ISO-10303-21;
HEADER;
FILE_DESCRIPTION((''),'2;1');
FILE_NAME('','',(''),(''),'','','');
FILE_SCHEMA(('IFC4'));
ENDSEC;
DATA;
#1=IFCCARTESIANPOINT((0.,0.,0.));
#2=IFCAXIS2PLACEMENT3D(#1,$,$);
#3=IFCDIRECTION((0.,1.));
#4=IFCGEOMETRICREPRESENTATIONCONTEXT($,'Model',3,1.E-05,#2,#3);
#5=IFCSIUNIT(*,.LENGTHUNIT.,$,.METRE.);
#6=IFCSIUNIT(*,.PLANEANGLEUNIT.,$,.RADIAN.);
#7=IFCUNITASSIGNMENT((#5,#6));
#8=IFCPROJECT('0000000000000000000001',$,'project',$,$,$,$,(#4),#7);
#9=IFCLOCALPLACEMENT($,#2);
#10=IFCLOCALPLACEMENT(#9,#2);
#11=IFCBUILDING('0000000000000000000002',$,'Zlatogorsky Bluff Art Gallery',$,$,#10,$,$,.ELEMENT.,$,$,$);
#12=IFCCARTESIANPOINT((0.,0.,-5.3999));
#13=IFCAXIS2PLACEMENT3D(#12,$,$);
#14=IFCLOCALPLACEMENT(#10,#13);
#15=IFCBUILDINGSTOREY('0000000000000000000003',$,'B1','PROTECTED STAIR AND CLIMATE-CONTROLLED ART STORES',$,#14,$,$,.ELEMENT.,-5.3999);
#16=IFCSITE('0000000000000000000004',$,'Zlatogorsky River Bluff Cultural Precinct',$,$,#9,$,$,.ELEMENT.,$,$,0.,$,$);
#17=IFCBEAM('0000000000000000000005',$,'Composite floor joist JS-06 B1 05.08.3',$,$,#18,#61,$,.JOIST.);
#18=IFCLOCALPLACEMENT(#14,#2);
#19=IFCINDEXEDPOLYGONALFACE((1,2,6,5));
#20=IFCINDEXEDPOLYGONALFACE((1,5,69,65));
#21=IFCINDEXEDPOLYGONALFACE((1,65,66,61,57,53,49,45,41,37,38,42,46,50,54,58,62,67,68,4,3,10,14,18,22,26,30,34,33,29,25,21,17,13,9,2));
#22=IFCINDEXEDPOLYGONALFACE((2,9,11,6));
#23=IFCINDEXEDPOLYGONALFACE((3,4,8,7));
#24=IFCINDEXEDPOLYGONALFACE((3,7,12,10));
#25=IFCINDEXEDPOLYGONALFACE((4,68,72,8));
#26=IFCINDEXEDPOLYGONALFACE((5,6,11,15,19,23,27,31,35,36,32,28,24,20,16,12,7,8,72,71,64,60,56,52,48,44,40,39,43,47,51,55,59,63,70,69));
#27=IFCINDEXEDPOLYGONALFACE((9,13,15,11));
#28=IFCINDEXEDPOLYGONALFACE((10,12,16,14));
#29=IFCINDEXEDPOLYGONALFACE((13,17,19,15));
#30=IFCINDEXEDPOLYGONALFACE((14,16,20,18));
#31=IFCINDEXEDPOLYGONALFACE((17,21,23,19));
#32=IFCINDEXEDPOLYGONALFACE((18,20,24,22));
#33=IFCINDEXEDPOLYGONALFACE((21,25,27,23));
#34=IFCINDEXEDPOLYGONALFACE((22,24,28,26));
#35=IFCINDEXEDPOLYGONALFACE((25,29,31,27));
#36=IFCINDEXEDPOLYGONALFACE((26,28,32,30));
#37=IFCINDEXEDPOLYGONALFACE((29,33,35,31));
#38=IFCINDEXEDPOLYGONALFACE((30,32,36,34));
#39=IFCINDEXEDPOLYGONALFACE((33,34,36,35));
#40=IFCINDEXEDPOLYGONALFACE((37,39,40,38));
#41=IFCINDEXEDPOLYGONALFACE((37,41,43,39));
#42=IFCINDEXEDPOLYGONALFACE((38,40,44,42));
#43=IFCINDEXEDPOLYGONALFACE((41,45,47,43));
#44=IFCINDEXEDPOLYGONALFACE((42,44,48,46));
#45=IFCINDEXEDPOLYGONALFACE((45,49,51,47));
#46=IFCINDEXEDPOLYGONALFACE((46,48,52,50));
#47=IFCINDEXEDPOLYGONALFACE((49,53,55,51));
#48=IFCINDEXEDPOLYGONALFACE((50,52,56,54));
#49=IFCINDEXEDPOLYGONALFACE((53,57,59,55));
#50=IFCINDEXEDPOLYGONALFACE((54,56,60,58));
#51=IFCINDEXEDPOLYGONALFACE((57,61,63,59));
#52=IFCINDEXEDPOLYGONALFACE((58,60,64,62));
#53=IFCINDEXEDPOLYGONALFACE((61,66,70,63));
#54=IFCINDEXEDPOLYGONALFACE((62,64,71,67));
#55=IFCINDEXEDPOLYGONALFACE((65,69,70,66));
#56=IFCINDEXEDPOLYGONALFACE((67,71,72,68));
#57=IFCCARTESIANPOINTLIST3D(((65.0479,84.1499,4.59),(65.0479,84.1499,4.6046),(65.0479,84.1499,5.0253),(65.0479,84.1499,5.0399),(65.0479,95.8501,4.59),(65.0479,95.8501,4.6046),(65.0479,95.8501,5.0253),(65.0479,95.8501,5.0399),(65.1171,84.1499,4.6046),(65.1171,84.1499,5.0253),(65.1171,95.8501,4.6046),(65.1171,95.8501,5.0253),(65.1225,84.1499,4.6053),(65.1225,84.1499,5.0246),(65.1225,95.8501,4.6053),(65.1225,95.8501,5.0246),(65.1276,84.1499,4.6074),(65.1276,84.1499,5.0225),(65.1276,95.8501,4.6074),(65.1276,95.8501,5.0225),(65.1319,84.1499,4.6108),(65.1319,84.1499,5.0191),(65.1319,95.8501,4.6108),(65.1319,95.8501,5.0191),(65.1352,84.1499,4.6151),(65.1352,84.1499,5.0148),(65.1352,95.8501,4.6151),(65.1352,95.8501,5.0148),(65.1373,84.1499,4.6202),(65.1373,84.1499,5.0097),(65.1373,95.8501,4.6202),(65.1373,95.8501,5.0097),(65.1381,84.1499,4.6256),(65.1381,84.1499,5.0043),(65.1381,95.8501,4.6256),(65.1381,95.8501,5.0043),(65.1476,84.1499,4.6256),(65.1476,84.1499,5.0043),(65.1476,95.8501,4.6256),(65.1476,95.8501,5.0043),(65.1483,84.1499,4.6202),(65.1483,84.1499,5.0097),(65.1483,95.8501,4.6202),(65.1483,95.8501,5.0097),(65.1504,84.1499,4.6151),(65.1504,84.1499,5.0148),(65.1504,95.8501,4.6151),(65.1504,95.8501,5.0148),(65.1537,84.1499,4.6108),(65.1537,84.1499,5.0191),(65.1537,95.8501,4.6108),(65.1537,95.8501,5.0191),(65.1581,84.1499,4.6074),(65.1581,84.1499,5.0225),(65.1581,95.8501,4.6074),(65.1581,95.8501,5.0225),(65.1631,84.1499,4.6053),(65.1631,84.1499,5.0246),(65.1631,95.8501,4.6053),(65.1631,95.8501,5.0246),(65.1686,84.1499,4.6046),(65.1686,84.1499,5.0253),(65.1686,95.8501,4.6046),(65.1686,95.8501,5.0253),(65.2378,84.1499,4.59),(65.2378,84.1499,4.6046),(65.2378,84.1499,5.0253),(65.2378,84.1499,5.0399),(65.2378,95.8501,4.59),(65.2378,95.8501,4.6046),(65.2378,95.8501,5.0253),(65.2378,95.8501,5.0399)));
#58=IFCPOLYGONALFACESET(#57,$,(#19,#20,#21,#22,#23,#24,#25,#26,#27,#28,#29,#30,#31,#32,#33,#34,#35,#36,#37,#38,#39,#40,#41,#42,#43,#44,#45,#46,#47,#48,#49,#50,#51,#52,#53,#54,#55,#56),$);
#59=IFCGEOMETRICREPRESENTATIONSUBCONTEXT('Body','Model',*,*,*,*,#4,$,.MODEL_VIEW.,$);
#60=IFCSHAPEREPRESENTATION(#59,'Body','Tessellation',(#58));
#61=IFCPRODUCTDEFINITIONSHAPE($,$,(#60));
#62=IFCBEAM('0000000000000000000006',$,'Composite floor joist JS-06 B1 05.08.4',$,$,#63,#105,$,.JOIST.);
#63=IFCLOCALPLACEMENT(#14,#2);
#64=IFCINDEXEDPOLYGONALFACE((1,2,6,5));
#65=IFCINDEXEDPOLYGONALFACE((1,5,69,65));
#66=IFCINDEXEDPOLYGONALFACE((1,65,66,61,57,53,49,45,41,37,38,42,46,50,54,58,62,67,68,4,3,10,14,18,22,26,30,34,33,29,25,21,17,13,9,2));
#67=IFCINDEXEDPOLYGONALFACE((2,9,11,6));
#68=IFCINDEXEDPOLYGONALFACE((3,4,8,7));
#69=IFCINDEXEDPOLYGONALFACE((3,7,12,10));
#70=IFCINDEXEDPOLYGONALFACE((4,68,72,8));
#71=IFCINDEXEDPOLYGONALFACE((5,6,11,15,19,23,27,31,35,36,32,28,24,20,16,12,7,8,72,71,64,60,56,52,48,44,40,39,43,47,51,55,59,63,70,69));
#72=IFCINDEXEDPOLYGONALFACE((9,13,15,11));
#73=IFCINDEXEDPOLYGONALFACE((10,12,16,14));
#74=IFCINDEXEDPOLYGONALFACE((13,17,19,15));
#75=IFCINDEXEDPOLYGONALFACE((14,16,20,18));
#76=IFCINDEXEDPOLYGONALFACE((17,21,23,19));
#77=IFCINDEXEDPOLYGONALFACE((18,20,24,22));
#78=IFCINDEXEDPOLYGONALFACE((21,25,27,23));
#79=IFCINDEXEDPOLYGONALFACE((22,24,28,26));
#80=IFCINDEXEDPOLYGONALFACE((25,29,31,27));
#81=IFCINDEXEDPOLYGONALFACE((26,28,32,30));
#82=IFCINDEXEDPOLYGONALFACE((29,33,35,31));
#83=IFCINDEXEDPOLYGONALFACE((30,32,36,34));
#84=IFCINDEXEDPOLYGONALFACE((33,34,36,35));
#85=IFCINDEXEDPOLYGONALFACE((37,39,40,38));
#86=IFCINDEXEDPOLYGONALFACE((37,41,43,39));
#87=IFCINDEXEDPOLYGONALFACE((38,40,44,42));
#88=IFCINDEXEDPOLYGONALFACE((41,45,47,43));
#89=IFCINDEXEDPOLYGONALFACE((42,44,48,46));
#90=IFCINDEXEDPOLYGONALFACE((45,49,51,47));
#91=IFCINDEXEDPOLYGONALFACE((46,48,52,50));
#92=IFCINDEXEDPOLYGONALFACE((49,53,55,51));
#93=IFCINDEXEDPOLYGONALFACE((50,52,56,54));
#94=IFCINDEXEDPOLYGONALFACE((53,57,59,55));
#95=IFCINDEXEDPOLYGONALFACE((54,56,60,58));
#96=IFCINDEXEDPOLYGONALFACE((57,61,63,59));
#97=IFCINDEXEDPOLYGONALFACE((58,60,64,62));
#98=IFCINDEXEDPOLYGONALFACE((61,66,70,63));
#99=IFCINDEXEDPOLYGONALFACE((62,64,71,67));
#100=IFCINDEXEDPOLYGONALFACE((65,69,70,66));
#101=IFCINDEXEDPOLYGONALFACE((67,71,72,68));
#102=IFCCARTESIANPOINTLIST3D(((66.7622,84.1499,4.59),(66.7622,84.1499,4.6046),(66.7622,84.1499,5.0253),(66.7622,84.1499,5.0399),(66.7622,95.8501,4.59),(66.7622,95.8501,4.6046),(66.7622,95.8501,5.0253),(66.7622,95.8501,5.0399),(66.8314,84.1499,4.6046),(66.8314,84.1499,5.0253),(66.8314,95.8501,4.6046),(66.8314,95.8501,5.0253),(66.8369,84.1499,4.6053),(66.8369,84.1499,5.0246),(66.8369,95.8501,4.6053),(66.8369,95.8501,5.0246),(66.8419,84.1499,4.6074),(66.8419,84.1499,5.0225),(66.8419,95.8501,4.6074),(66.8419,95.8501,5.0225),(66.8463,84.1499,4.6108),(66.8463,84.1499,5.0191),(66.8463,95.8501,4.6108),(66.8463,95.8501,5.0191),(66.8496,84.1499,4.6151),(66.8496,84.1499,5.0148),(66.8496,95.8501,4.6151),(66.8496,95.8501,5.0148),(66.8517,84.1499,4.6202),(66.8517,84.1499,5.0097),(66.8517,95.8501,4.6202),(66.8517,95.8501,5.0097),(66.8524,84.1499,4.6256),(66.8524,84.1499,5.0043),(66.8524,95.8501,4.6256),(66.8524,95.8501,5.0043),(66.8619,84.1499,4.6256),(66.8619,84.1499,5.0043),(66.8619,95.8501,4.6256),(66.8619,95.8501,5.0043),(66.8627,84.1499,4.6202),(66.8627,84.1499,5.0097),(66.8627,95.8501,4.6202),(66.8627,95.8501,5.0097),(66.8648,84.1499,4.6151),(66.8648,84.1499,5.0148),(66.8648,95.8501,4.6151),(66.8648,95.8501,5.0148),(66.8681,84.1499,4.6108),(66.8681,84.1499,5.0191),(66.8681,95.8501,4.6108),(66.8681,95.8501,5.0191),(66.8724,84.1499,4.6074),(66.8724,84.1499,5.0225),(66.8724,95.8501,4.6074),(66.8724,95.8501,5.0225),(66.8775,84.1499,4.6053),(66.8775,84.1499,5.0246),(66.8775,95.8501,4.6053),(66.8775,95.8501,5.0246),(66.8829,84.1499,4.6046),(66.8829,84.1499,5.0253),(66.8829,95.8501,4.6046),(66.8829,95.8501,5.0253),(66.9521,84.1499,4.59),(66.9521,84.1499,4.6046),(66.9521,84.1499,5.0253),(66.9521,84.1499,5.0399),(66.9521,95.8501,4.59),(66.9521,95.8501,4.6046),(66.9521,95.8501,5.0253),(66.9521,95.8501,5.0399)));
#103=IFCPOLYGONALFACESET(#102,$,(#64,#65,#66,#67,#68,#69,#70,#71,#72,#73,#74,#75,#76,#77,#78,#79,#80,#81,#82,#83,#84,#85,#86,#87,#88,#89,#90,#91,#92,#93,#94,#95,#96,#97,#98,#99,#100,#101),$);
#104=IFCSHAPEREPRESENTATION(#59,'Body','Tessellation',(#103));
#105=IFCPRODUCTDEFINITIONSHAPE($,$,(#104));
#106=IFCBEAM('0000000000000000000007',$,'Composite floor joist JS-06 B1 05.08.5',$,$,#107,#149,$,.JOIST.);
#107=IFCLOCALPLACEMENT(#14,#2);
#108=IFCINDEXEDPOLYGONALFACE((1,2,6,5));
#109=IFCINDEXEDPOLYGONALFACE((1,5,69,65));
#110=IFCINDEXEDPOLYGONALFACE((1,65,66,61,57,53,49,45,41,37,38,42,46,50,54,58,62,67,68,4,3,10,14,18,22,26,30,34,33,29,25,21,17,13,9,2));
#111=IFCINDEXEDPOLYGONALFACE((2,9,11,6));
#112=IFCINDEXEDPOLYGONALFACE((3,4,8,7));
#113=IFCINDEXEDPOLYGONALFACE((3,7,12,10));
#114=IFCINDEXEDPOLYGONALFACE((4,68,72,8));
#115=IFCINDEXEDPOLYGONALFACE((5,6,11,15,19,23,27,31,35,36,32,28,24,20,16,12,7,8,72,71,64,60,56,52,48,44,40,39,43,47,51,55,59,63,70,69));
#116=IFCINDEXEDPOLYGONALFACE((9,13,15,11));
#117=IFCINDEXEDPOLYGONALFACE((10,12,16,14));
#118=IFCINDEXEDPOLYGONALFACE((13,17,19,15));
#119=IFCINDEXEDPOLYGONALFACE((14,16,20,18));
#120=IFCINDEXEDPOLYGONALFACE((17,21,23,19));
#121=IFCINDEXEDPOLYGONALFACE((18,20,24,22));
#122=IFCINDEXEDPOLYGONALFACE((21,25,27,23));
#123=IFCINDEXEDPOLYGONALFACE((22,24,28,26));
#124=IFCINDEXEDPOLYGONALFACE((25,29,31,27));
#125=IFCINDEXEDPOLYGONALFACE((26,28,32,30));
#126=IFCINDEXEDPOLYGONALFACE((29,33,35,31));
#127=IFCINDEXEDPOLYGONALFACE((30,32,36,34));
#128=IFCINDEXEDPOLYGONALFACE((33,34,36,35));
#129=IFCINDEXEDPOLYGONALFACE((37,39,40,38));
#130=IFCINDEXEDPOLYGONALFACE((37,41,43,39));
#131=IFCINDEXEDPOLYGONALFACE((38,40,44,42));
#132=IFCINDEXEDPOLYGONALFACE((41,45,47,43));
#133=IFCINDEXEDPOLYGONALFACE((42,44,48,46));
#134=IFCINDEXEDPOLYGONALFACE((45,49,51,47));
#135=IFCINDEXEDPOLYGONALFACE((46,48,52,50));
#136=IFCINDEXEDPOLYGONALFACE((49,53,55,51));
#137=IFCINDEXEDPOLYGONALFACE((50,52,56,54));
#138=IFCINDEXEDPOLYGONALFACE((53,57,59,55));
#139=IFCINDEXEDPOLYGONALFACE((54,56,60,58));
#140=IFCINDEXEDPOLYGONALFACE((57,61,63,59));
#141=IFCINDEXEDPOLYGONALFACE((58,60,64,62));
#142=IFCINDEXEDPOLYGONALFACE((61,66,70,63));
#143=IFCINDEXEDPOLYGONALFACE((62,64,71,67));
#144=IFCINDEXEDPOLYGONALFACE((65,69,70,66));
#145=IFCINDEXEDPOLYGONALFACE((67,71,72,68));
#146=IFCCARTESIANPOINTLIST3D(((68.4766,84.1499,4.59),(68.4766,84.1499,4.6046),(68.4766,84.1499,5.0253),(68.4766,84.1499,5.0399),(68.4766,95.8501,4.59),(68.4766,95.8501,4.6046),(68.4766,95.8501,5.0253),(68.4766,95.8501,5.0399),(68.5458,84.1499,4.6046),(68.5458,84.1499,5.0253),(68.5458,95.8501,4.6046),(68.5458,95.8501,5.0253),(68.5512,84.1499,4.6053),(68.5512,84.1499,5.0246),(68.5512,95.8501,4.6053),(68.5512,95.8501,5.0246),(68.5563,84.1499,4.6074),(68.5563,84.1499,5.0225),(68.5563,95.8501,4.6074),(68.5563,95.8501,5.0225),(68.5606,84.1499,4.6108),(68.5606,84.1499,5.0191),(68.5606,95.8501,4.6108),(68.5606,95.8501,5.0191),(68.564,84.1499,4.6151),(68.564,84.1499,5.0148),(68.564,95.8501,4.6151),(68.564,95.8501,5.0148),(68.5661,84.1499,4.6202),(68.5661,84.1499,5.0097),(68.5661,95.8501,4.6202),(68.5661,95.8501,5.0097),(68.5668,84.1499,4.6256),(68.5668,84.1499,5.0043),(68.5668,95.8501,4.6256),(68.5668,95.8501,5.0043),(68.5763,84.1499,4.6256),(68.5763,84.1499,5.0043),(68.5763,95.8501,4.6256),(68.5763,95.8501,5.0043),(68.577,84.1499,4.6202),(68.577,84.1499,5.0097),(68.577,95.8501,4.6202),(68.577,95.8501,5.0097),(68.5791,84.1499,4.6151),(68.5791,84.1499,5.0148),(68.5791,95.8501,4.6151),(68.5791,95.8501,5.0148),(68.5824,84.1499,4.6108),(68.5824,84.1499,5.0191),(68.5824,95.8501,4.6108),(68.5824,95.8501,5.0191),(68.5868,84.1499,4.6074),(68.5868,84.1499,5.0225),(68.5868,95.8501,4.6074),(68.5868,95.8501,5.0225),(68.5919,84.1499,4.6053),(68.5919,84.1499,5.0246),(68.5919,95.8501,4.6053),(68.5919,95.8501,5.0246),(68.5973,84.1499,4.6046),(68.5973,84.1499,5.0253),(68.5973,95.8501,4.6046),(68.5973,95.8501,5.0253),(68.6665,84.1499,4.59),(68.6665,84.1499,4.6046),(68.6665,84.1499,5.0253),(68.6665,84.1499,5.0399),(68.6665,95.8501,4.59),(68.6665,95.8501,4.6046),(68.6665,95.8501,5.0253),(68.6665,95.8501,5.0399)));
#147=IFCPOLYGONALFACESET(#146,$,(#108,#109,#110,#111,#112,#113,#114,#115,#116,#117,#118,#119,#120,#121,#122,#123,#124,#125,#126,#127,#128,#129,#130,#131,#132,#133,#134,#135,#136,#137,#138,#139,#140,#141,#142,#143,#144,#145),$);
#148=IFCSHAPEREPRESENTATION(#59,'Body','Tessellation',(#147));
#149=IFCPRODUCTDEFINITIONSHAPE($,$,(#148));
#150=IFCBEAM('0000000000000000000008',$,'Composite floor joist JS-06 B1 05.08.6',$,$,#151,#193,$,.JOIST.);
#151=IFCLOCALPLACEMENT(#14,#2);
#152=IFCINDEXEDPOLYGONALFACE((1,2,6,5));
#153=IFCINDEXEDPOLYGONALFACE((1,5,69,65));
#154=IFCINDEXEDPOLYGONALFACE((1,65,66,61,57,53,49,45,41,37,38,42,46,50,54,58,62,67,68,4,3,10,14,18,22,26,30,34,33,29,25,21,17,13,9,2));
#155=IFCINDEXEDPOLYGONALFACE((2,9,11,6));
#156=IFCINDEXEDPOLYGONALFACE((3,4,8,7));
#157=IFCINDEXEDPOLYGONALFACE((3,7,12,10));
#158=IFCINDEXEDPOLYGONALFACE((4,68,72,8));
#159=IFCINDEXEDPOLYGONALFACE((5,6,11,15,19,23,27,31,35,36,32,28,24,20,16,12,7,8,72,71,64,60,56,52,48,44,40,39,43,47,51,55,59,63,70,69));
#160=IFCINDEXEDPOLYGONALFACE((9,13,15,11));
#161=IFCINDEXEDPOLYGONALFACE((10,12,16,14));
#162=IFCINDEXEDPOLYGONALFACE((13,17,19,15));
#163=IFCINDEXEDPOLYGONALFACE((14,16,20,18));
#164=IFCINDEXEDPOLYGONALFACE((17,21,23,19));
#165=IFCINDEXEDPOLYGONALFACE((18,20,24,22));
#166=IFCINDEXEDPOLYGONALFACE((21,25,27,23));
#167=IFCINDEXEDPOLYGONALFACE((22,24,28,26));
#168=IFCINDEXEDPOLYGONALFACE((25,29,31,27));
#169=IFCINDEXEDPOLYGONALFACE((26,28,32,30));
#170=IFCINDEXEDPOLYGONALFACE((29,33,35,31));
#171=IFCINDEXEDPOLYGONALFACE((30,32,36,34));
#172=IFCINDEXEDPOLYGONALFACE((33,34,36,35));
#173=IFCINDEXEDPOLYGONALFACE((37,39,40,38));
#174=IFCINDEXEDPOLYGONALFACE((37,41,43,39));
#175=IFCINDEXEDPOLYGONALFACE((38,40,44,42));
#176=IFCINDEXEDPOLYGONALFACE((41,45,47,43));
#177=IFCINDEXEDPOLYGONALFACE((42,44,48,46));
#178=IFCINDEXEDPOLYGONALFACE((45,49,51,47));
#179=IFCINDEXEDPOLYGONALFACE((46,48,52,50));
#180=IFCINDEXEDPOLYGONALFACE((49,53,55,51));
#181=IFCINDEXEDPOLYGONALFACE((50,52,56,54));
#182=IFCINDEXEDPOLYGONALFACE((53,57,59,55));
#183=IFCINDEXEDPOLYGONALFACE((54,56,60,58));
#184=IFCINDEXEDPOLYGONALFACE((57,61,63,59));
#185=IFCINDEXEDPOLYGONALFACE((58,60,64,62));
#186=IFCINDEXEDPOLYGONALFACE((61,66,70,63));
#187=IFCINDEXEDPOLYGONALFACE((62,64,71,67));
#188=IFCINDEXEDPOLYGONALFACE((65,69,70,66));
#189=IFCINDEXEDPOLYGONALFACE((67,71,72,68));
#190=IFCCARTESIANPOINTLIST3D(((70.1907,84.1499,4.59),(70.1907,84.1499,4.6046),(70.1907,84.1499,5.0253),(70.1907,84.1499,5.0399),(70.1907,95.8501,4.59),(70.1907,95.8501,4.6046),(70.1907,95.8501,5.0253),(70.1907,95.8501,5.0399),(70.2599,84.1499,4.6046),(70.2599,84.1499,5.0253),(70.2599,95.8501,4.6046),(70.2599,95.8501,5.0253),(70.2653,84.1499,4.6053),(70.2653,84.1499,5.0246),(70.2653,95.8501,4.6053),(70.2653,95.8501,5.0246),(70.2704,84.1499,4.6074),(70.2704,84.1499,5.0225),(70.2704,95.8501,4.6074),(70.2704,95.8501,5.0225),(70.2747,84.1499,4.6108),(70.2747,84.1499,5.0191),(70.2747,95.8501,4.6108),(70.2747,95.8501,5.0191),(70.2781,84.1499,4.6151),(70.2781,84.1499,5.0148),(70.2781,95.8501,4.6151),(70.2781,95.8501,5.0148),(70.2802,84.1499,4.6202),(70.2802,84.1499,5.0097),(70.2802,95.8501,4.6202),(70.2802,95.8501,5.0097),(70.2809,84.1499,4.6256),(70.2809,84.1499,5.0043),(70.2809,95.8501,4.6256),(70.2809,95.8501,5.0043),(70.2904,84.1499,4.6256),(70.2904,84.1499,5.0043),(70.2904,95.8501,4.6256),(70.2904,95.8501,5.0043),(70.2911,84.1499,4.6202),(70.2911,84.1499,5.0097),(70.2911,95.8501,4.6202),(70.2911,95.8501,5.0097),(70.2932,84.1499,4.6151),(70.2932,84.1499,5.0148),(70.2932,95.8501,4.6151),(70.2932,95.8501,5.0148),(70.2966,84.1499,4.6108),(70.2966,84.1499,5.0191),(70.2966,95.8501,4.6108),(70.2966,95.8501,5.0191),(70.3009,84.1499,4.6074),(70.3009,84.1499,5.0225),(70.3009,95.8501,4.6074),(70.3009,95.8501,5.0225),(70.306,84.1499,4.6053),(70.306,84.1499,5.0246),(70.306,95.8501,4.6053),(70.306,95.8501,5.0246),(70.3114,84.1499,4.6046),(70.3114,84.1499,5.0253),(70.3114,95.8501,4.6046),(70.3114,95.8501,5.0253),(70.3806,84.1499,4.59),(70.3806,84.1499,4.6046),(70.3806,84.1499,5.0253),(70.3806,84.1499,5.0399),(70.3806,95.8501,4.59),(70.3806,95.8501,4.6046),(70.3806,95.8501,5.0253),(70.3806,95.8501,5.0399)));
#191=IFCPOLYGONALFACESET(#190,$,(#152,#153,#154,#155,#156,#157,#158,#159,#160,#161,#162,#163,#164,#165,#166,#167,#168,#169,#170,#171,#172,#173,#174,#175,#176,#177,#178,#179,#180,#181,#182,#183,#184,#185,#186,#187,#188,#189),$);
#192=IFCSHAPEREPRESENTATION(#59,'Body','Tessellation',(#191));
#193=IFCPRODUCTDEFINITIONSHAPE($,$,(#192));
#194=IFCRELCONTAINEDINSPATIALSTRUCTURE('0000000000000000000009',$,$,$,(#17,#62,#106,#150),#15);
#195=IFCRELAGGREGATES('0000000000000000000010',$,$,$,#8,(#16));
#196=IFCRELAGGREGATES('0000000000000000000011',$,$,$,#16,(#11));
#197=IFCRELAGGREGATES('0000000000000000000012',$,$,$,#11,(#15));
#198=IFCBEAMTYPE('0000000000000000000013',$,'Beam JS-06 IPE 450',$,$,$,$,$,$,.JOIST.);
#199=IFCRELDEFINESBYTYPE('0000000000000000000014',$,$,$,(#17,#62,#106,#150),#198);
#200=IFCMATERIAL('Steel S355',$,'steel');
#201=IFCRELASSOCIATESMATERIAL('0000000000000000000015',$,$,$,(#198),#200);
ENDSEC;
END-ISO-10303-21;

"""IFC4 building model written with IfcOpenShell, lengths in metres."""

from ifc_helpers import new_model, si_unit, direction, frame, origin, origin_2d, place, context, subcontext, project, spatial, i_section, extrude, material, material_profile, profile_set, type_object, element, save


model = new_model("IFC4")

# Units and contexts
model_context = context("Model", 3, precision=1e-05, world=origin(), true_north=direction((0.0, 1.0)))
body_context = subcontext(model_context, "Body", "Model", "MODEL_VIEW")
ifc_project = project(units=[si_unit("LENGTHUNIT", "METRE"), si_unit("PLANEANGLEUNIT", "RADIAN")], contexts=[model_context])

# Site, building, storey
site_placement = place(None, origin())
site = spatial("IfcSite", under=ifc_project, at=site_placement, Name="Zlatogorsky River Bluff Cultural Precinct", CompositionType="ELEMENT", RefElevation=0.0)
building_placement = place(site_placement, origin())
building = spatial("IfcBuilding", under=site, at=building_placement, Name="Zlatogorsky Bluff Art Gallery", CompositionType="ELEMENT")
storey_placement = place(building_placement, frame((0.0, 0.0, -5.3999)))
storey = spatial("IfcBuildingStorey", under=building, at=storey_placement, Name="B1", Description="PROTECTED STAIR AND CLIMATE-CONTROLLED ART STORES", CompositionType="ELEMENT", Elevation=-5.3999)

# Shared definitions
ifc_material_1 = material(Name="Steel S355", Category="steel")

# Beams
ifc_material_profile_1 = material_profile(ifc_material_1, i_section(OverallWidth=0.1899, OverallDepth=0.45, WebThickness=0.0095, FlangeThickness=0.0146, FilletRadius=0.021, at=origin_2d()), Name="IPE 450")
ifc_profile_set_1 = profile_set([ifc_material_profile_1], Name="Steel S355")
beam_type_1 = type_object("IfcBeamType", Name="Beam JS-06 IPE 450", PredefinedType="JOIST", material=ifc_profile_set_1)
for number, where, z_axis, x_axis, name in (
    (1, (65.1428, 84.1499, 4.8149), (0.0, 1.0, 0.0), (-1.0, 0.0, 0.0), "Composite floor joist JS-06 B1 05.08.3"),
    (2, (66.8572, 84.1499, 4.8149), (0.0, 1.0, 0.0), (-1.0, 0.0, 0.0), "Composite floor joist JS-06 B1 05.08.4"),
    (3, (68.5715, 84.1499, 4.8149), (0.0, 1.0, 0.0), (-1.0, 0.0, 0.0), "Composite floor joist JS-06 B1 05.08.5"),
    (4, (70.2856, 84.1499, 4.8149), (0.0, 1.0, 0.0), (-1.0, 0.0, 0.0), "Composite floor joist JS-06 B1 05.08.6"),
):
    element("IfcBeam", number, at=place(storey_placement, frame(where, z_axis=z_axis, x_axis=x_axis)), inside=storey, type_object=beam_type_1, Name=name, PredefinedType="JOIST", context=body_context, shape_type="SweptSolid", body=[
        extrude(i_section(OverallWidth=0.1899, OverallDepth=0.45, WebThickness=0.0095, FlangeThickness=0.0146, FilletRadius=0.021, at=origin_2d()), origin(), (0.0, 0.0, 1.0), 11.7002),
    ])

save(model, "model.ifc")
